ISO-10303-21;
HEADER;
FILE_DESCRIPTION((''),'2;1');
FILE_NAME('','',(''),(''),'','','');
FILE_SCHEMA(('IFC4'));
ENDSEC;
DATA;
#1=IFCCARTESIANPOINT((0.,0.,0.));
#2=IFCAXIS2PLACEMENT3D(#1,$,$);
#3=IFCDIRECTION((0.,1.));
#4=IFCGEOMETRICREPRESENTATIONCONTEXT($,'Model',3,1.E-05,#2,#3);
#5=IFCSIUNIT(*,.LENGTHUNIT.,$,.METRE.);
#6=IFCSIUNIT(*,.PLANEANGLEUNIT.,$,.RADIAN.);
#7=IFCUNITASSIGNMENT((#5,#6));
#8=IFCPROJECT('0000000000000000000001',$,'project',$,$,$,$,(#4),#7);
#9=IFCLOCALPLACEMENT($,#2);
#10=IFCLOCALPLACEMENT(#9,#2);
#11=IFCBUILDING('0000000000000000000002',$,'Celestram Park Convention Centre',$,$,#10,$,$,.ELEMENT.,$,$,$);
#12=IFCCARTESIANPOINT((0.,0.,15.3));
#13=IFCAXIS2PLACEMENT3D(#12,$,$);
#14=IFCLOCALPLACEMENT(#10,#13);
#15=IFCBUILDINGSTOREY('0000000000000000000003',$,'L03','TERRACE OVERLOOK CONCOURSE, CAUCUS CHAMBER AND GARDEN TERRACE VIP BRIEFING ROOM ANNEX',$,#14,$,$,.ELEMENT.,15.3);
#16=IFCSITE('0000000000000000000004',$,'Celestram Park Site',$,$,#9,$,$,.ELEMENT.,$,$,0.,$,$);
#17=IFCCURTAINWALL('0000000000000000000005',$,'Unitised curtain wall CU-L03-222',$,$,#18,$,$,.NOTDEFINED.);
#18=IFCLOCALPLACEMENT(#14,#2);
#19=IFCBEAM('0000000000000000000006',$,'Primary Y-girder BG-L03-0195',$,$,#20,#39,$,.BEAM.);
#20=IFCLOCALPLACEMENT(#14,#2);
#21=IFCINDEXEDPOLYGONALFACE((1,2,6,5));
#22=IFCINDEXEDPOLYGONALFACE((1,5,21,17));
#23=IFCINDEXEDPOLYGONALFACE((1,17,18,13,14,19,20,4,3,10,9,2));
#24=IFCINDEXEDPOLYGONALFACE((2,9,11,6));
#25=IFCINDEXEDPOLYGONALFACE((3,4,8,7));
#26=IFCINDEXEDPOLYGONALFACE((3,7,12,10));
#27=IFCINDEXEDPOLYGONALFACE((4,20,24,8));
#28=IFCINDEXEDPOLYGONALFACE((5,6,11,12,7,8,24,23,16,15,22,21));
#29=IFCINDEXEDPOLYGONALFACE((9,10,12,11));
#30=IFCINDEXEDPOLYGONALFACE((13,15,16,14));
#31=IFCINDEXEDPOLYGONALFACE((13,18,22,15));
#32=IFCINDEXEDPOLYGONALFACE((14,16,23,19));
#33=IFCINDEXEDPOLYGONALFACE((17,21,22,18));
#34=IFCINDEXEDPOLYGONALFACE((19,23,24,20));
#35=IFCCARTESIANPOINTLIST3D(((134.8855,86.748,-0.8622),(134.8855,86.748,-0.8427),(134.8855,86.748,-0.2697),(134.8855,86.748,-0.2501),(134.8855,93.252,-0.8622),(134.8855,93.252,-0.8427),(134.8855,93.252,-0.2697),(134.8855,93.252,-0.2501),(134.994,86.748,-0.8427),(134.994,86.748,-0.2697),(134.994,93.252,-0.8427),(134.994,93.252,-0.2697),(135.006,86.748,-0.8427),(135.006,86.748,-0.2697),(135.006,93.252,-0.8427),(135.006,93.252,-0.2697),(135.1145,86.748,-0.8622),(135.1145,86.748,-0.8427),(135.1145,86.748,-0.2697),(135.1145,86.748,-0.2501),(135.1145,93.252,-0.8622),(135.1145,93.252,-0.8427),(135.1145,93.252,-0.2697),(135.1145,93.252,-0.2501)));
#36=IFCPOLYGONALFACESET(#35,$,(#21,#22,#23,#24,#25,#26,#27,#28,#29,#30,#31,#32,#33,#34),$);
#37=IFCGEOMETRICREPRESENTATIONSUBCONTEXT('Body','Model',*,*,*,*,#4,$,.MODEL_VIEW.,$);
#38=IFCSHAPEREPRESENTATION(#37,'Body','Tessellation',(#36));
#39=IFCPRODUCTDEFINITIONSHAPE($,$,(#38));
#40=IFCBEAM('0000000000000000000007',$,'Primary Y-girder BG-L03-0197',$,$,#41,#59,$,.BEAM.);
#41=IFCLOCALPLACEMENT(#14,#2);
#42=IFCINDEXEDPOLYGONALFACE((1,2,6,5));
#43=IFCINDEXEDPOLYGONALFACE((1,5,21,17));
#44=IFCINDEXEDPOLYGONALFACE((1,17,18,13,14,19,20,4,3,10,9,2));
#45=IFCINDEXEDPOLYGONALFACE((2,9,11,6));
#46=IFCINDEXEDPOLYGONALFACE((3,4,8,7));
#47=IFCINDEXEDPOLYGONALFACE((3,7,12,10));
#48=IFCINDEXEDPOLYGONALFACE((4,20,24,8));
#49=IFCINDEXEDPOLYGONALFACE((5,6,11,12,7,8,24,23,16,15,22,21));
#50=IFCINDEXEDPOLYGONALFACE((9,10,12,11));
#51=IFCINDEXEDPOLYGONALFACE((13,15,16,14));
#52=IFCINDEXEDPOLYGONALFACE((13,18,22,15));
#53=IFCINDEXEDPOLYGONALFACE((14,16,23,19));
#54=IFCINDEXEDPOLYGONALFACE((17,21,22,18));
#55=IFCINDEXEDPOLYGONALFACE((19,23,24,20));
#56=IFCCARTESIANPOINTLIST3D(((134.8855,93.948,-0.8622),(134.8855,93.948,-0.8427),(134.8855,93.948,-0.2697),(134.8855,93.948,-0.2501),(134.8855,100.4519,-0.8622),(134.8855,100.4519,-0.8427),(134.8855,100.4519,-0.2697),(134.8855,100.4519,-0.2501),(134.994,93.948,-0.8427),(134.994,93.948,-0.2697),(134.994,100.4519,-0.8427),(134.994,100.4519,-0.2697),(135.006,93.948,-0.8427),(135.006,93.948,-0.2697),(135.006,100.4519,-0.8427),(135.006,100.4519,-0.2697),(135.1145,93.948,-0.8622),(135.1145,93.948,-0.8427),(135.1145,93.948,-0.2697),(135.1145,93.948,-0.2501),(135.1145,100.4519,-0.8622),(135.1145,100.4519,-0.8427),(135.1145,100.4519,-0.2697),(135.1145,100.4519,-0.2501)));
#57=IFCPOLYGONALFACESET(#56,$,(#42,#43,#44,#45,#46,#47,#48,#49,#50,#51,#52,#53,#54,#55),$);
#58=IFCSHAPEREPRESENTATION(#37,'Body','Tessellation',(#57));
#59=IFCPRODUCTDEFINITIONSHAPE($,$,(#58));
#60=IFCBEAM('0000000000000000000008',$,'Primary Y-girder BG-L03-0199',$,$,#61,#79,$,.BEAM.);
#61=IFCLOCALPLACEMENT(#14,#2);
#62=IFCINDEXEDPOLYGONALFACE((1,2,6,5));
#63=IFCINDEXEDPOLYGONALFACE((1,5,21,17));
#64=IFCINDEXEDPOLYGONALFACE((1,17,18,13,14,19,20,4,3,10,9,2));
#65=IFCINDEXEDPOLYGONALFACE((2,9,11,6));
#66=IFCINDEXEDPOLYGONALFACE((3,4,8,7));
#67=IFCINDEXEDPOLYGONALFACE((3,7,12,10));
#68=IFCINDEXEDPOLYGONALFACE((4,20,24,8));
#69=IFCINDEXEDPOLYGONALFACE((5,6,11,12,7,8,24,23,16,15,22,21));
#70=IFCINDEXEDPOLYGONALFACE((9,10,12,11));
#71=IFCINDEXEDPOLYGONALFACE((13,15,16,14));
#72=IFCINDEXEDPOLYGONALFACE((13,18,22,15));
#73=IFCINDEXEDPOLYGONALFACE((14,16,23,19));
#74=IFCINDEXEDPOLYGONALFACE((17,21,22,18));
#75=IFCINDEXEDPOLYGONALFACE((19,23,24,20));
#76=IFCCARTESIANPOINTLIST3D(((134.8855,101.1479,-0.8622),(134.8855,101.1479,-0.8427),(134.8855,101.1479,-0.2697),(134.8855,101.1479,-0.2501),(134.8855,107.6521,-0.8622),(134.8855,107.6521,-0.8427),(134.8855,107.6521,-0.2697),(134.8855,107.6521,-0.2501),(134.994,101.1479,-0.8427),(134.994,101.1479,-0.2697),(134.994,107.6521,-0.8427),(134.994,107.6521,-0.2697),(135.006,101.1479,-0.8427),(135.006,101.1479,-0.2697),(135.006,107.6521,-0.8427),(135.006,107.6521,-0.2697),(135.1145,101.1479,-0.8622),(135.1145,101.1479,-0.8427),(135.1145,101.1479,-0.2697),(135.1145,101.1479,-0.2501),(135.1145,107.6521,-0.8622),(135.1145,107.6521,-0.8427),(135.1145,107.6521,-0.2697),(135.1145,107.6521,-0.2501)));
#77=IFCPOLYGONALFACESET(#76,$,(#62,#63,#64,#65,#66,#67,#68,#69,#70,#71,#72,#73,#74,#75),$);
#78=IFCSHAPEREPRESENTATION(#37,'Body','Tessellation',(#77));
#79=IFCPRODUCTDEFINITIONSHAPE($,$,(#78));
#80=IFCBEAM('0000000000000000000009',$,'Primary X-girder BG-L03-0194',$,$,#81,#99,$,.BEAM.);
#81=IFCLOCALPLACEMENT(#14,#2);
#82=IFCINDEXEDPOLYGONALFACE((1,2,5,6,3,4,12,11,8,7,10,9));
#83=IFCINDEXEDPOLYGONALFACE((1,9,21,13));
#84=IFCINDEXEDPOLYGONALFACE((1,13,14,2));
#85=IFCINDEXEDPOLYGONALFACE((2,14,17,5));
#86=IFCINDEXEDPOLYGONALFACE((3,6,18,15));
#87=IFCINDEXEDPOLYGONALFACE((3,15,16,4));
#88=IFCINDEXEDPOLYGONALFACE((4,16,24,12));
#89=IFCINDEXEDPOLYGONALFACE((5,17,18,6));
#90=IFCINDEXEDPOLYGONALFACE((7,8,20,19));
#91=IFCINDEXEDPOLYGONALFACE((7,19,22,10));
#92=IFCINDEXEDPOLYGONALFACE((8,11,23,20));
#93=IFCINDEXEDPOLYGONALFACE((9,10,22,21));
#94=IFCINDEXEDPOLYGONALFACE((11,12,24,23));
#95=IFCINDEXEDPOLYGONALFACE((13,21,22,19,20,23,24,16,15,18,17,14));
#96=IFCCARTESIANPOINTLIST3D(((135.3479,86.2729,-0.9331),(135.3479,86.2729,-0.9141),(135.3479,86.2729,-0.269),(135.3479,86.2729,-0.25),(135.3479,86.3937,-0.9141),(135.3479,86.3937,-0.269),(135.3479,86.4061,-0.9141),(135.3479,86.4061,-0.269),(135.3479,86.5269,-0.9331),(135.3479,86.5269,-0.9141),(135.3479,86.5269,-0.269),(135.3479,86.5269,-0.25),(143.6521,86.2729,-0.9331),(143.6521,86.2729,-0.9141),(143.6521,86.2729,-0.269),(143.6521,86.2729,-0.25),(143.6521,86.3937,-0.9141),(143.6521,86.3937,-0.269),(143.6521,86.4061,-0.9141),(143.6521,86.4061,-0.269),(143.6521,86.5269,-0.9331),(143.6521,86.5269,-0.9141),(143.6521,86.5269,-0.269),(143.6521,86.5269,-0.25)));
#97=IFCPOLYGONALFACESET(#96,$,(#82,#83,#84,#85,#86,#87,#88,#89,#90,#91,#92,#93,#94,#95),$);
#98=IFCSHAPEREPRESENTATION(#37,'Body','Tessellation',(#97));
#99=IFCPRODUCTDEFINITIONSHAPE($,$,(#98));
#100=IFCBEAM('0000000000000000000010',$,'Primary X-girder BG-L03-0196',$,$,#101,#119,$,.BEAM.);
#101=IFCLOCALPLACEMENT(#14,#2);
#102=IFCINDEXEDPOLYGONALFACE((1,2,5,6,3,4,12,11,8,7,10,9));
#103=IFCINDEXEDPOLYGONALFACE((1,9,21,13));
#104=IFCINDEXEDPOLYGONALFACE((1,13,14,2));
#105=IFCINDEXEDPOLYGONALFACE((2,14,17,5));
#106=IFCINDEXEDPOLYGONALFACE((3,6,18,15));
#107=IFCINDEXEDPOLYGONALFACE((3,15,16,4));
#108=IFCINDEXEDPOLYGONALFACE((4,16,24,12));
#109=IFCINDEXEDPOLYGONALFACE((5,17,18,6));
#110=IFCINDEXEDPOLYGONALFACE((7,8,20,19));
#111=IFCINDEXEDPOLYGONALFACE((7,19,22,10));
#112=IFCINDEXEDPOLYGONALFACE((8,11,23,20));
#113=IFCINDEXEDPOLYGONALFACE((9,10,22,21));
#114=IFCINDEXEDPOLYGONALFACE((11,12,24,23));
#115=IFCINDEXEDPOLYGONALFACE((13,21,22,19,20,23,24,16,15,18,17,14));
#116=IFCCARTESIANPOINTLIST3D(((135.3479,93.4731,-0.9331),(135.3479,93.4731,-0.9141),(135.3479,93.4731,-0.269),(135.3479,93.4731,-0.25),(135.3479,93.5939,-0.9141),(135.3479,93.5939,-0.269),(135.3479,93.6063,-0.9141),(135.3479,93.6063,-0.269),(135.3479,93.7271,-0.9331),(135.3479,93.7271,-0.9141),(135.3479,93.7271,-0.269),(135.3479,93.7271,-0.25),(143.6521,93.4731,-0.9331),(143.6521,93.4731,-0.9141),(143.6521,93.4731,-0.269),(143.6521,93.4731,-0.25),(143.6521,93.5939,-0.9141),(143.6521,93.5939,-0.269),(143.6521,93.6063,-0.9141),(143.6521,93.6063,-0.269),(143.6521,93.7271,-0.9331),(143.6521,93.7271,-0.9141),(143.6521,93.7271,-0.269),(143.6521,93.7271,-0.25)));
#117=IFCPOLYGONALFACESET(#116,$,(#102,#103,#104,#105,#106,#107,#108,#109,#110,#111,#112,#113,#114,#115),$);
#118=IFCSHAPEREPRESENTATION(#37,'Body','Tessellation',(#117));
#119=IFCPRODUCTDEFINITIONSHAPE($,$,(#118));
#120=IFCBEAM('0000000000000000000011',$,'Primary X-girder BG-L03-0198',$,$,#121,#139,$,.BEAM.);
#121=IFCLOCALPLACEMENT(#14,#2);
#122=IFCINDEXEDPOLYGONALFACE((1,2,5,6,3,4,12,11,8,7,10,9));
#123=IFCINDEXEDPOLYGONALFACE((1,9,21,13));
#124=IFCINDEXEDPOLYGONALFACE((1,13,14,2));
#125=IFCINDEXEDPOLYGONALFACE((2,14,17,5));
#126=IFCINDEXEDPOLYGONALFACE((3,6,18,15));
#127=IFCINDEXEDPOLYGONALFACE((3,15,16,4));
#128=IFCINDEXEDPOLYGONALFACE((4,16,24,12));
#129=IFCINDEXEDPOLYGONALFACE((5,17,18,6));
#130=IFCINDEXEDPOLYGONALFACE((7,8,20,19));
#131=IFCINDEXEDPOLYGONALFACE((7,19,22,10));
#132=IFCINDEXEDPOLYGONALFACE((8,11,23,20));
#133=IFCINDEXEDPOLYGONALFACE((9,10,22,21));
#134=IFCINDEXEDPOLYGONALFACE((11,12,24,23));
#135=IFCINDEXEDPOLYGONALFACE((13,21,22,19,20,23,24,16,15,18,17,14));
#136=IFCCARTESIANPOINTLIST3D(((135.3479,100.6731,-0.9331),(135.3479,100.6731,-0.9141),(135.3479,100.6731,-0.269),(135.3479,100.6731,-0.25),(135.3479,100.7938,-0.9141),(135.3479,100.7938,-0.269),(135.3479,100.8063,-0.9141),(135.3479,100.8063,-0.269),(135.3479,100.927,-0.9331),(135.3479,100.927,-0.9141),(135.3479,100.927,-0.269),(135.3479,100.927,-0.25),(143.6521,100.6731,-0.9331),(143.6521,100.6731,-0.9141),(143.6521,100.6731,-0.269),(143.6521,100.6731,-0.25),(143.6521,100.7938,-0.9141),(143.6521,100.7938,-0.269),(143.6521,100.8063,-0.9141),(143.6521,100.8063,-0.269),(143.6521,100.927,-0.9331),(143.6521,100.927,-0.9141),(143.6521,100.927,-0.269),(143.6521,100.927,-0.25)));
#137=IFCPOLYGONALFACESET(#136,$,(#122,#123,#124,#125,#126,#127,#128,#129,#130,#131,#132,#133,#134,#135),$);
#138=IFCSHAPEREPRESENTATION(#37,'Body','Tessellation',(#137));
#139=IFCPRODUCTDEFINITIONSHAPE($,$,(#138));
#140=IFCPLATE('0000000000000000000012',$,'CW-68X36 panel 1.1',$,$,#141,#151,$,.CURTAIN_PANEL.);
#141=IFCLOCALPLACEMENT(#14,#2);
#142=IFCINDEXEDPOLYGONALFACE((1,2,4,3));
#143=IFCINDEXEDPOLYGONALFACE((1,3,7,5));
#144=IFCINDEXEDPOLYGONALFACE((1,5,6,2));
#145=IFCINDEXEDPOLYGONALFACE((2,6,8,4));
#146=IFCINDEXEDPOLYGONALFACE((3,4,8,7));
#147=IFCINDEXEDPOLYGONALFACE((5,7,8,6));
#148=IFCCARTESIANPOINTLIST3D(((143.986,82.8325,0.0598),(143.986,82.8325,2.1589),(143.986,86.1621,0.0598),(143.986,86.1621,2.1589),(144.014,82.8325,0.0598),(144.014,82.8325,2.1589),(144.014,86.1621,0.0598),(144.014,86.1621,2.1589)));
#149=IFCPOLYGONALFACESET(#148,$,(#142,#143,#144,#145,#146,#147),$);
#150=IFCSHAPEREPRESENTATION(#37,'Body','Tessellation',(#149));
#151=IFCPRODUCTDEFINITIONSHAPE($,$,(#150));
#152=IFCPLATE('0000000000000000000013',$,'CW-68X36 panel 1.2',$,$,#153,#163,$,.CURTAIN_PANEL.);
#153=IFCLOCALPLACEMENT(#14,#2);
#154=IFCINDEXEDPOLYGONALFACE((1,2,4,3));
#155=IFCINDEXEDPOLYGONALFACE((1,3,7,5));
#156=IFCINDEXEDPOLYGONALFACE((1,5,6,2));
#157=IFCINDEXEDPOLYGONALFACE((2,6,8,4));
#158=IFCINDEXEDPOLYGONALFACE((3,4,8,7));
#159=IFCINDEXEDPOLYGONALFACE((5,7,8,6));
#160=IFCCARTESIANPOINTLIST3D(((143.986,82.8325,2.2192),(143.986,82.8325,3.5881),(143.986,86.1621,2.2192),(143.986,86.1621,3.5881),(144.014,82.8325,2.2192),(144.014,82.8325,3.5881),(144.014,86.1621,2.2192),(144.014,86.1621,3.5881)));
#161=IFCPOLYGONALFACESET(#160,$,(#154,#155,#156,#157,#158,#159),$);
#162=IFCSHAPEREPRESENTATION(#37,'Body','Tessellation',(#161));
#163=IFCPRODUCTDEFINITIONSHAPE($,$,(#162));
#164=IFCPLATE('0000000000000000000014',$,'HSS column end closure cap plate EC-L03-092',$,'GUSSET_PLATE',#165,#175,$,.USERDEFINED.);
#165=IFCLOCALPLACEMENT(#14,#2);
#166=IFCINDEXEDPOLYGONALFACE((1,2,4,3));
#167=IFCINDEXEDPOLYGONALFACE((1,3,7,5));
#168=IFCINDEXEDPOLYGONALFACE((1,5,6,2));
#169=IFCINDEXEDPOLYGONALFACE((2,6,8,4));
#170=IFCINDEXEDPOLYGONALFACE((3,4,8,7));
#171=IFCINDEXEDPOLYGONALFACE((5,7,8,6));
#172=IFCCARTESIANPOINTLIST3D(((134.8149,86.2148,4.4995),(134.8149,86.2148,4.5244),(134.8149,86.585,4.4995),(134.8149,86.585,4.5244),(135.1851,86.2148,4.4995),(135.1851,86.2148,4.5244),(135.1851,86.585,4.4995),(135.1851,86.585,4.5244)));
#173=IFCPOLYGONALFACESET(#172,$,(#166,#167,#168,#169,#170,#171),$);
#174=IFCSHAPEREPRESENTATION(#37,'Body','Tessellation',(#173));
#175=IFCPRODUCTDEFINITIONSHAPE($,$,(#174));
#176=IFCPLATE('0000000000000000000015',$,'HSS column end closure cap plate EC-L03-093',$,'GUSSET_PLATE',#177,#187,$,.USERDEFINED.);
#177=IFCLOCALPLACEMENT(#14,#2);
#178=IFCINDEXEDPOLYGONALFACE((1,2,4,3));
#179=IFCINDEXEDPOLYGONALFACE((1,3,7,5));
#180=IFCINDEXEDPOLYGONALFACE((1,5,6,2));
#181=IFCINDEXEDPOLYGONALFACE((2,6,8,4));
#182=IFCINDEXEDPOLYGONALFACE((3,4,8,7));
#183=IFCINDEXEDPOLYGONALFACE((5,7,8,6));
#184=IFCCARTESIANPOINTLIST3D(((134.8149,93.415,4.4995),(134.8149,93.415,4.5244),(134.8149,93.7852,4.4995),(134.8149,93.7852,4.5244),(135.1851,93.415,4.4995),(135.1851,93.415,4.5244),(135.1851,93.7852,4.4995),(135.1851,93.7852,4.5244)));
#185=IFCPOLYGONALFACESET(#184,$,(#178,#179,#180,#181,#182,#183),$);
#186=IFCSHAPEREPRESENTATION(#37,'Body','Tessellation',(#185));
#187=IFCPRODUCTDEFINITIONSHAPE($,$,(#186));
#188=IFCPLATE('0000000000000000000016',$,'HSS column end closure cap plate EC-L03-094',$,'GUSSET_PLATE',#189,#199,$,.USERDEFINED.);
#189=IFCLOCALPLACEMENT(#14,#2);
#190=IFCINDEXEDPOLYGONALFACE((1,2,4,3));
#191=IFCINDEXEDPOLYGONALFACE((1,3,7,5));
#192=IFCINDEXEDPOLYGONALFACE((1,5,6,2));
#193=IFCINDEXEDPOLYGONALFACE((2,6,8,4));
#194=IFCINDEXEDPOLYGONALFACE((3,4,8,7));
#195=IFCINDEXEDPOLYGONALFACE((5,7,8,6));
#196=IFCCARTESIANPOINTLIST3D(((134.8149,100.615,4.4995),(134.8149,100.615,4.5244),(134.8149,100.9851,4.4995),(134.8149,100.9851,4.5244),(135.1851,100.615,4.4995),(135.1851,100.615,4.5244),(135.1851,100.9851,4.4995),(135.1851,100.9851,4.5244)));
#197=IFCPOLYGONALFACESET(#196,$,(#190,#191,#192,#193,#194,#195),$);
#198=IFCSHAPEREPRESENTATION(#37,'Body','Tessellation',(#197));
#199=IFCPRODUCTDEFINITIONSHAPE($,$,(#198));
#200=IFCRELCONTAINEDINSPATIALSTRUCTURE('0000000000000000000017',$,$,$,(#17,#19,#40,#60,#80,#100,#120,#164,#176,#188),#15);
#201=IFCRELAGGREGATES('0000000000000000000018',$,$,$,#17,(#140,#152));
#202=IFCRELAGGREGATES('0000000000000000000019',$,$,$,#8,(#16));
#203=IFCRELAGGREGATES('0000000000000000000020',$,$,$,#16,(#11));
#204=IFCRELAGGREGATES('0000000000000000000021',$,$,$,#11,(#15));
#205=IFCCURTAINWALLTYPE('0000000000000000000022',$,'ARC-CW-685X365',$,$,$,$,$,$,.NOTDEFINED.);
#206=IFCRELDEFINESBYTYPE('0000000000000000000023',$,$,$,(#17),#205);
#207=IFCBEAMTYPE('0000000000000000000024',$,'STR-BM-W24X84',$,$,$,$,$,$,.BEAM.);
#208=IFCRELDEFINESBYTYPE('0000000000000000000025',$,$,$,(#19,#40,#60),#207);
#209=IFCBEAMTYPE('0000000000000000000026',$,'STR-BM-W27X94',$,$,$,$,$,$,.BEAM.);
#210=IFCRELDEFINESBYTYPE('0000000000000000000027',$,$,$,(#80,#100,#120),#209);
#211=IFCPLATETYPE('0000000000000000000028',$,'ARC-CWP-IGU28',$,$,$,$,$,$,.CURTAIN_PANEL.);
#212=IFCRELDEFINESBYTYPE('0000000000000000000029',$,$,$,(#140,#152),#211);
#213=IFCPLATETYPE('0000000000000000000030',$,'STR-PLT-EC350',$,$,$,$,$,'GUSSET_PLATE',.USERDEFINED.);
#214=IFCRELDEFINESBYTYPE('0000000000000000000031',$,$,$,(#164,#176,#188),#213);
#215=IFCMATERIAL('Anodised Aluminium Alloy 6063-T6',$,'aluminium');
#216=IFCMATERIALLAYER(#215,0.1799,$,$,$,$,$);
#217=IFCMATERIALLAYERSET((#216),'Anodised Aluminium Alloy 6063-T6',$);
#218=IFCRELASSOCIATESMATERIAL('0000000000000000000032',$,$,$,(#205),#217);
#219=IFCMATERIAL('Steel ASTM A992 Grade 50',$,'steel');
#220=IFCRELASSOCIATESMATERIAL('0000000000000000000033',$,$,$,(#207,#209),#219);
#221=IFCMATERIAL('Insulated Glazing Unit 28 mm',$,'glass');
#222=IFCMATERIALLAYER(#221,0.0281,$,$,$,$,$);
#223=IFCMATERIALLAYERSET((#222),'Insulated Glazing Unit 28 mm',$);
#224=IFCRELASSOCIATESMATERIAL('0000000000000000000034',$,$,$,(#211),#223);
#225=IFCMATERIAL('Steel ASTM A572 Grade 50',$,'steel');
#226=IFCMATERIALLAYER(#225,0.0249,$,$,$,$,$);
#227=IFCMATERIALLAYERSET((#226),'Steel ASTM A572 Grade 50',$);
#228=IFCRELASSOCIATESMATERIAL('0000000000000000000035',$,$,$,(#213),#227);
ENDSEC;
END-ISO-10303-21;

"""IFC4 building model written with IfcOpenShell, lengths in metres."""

from ifc_helpers import new_model, si_unit, direction, frame, origin, origin_2d, place, context, subcontext, project, spatial, rectangle, i_section, extrude, material, layer, layer_set, material_profile, profile_set, type_object, element, aggregate, save


model = new_model("IFC4")

# Units and contexts
model_context = context("Model", 3, precision=1e-05, world=origin(), true_north=direction((0.0, 1.0)))
body_context = subcontext(model_context, "Body", "Model", "MODEL_VIEW")
ifc_project = project(units=[si_unit("LENGTHUNIT", "METRE"), si_unit("PLANEANGLEUNIT", "RADIAN")], contexts=[model_context])

# Site, building, storey
site_placement = place(None, origin())
site = spatial("IfcSite", under=ifc_project, at=site_placement, Name="Celestram Park Site", CompositionType="ELEMENT", RefElevation=0.0)
building_placement = place(site_placement, origin())
building = spatial("IfcBuilding", under=site, at=building_placement, Name="Celestram Park Convention Centre", CompositionType="ELEMENT")
storey_placement = place(building_placement, frame((0.0, 0.0, 15.3)))
storey = spatial("IfcBuildingStorey", under=building, at=storey_placement, Name="L03", Description="TERRACE OVERLOOK CONCOURSE, CAUCUS CHAMBER AND GARDEN TERRACE VIP BRIEFING ROOM ANNEX", CompositionType="ELEMENT", Elevation=15.3)

# Curtain wall
ifc_material_1 = material(Name="Anodised Aluminium Alloy 6063-T6", Category="aluminium")
ifc_layer_1 = layer(ifc_material_1, 0.1799)
ifc_layer_set_1 = layer_set([ifc_layer_1], Name="Anodised Aluminium Alloy 6063-T6")
curtain_wall_type = type_object("IfcCurtainWallType", Name="ARC-CW-685X365", PredefinedType="NOTDEFINED", material=ifc_layer_set_1)
curtain_wall_placement = place(storey_placement, origin())
curtain_wall = element("IfcCurtainWall", 1, at=curtain_wall_placement, inside=storey, type_object=curtain_wall_type, Name="Unitised curtain wall CU-L03-222", PredefinedType="NOTDEFINED")

# Beams
ifc_material_2 = material(Name="Steel ASTM A992 Grade 50", Category="steel")
ifc_material_profile_1 = material_profile(ifc_material_2, i_section(OverallWidth=0.229, OverallDepth=0.6121, WebThickness=0.012, FlangeThickness=0.0195, at=origin_2d()), Name="W24X84")
ifc_profile_set_1 = profile_set([ifc_material_profile_1], Name="Steel ASTM A992 Grade 50")
beam_type_1 = type_object("IfcBeamType", Name="STR-BM-W24X84", PredefinedType="BEAM", material=ifc_profile_set_1)
for number, where, z_axis, x_axis, name in (
    (2, (135.0, 86.748, -0.5562), (0.0, 1.0, 0.0), (-1.0, 0.0, 0.0), "Primary Y-girder BG-L03-0195"),
    (3, (135.0, 93.948, -0.5562), (0.0, 1.0, 0.0), (-1.0, 0.0, 0.0), "Primary Y-girder BG-L03-0197"),
):
    element("IfcBeam", number, at=place(storey_placement, frame(where, z_axis=z_axis, x_axis=x_axis)), inside=storey, type_object=beam_type_1, Name=name, PredefinedType="BEAM", context=body_context, shape_type="SweptSolid", body=[
        extrude(i_section(OverallWidth=0.229, OverallDepth=0.6121, WebThickness=0.012, FlangeThickness=0.0195, at=origin_2d()), origin(), (0.0, 0.0, 1.0), 6.5039),
    ])
beam_placement = place(storey_placement, frame((135.0, 101.1479, -0.5562), z_axis=(0.0, 1.0, 0.0), x_axis=(-1.0, 0.0, 0.0)))
element("IfcBeam", 4, at=beam_placement, inside=storey, type_object=beam_type_1, Name="Primary Y-girder BG-L03-0199", PredefinedType="BEAM", context=body_context, shape_type="SweptSolid", body=[
    extrude(i_section(OverallWidth=0.229, OverallDepth=0.6121, WebThickness=0.012, FlangeThickness=0.0195, at=origin_2d()), origin(), (0.0, 0.0, 1.0), 6.5042),
])
ifc_material_profile_2 = material_profile(ifc_material_2, i_section(OverallWidth=0.2539, OverallDepth=0.6831, WebThickness=0.0125, FlangeThickness=0.019, at=origin_2d()), Name="W27X94")
ifc_profile_set_2 = profile_set([ifc_material_profile_2], Name="Steel ASTM A992 Grade 50")
beam_type_2 = type_object("IfcBeamType", Name="STR-BM-W27X94", PredefinedType="BEAM", material=ifc_profile_set_2)
for number, where, z_axis, x_axis, name in (
    (5, (135.3479, 86.3999, -0.5916), (1.0, 0.0, 0.0), (0.0, 1.0, 0.0), "Primary X-girder BG-L03-0194"),
    (6, (135.3479, 93.6001, -0.5916), (1.0, 0.0, 0.0), (0.0, 1.0, 0.0), "Primary X-girder BG-L03-0196"),
    (7, (135.3479, 100.8, -0.5916), (1.0, 0.0, 0.0), (0.0, 1.0, 0.0), "Primary X-girder BG-L03-0198"),
):
    element("IfcBeam", number, at=place(storey_placement, frame(where, z_axis=z_axis, x_axis=x_axis)), inside=storey, type_object=beam_type_2, Name=name, PredefinedType="BEAM", context=body_context, shape_type="SweptSolid", body=[
        extrude(i_section(OverallWidth=0.2539, OverallDepth=0.6831, WebThickness=0.0125, FlangeThickness=0.019, at=origin_2d()), origin(), (0.0, 0.0, 1.0), 8.3042),
    ])

# Plates
ifc_material_3 = material(Name="Insulated Glazing Unit 28 mm", Category="glass")
ifc_layer_2 = layer(ifc_material_3, 0.0281)
ifc_layer_set_2 = layer_set([ifc_layer_2], Name="Insulated Glazing Unit 28 mm")
plate_type_1 = type_object("IfcPlateType", Name="ARC-CWP-IGU28", PredefinedType="CURTAIN_PANEL", material=ifc_layer_set_2)
plate_1_placement = place(storey_placement, frame((144.0, 84.4973, 0.0598), z_axis=(0.0, 0.0, 1.0), x_axis=(0.0, -1.0, 0.0)))
plate_1 = element("IfcPlate", 8, at=plate_1_placement, type_object=plate_type_1, Name="CW-68X36 panel 1.1", PredefinedType="CURTAIN_PANEL", context=body_context, shape_type="SweptSolid", body=[
    extrude(rectangle(XDim=3.3296, YDim=0.0281, at=origin_2d()), origin(), (0.0, 0.0, 1.0), 2.0991),
])
plate_2_placement = place(storey_placement, frame((144.0, 84.4973, 2.2192), z_axis=(0.0, 0.0, 1.0), x_axis=(0.0, -1.0, 0.0)))
plate_2 = element("IfcPlate", 9, at=plate_2_placement, type_object=plate_type_1, Name="CW-68X36 panel 1.2", PredefinedType="CURTAIN_PANEL", context=body_context, shape_type="SweptSolid", body=[
    extrude(rectangle(XDim=3.3296, YDim=0.0281, at=origin_2d()), origin(), (0.0, 0.0, 1.0), 1.3689),
])
aggregate(curtain_wall, [plate_1, plate_2])

# Plates
ifc_material_4 = material(Name="Steel ASTM A572 Grade 50", Category="steel")
ifc_layer_3 = layer(ifc_material_4, 0.0249)
ifc_layer_set_3 = layer_set([ifc_layer_3], Name="Steel ASTM A572 Grade 50")
plate_type_2 = type_object("IfcPlateType", Name="STR-PLT-EC350", ElementType="GUSSET_PLATE", PredefinedType="USERDEFINED", material=ifc_layer_set_3)
for number, where, z_axis, x_axis, name in (
    (10, (135.0, 86.3999, 4.4995), (0.0, 0.0, 1.0), (1.0, 0.0, 0.0), "HSS column end closure cap plate EC-L03-092"),
    (11, (135.0, 93.6001, 4.4995), (0.0, 0.0, 1.0), (1.0, 0.0, 0.0), "HSS column end closure cap plate EC-L03-093"),
    (12, (135.0, 100.8, 4.4995), (0.0, 0.0, 1.0), (1.0, 0.0, 0.0), "HSS column end closure cap plate EC-L03-094"),
):
    element("IfcPlate", number, at=place(storey_placement, frame(where, z_axis=z_axis, x_axis=x_axis)), inside=storey, type_object=plate_type_2, Name=name, ObjectType="GUSSET_PLATE", PredefinedType="USERDEFINED", context=body_context, shape_type="SweptSolid", body=[
        extrude(rectangle(XDim=0.3701, YDim=0.3701, at=origin_2d()), origin(), (0.0, 0.0, 1.0), 0.0249),
    ])

save(model, "model.ifc")
